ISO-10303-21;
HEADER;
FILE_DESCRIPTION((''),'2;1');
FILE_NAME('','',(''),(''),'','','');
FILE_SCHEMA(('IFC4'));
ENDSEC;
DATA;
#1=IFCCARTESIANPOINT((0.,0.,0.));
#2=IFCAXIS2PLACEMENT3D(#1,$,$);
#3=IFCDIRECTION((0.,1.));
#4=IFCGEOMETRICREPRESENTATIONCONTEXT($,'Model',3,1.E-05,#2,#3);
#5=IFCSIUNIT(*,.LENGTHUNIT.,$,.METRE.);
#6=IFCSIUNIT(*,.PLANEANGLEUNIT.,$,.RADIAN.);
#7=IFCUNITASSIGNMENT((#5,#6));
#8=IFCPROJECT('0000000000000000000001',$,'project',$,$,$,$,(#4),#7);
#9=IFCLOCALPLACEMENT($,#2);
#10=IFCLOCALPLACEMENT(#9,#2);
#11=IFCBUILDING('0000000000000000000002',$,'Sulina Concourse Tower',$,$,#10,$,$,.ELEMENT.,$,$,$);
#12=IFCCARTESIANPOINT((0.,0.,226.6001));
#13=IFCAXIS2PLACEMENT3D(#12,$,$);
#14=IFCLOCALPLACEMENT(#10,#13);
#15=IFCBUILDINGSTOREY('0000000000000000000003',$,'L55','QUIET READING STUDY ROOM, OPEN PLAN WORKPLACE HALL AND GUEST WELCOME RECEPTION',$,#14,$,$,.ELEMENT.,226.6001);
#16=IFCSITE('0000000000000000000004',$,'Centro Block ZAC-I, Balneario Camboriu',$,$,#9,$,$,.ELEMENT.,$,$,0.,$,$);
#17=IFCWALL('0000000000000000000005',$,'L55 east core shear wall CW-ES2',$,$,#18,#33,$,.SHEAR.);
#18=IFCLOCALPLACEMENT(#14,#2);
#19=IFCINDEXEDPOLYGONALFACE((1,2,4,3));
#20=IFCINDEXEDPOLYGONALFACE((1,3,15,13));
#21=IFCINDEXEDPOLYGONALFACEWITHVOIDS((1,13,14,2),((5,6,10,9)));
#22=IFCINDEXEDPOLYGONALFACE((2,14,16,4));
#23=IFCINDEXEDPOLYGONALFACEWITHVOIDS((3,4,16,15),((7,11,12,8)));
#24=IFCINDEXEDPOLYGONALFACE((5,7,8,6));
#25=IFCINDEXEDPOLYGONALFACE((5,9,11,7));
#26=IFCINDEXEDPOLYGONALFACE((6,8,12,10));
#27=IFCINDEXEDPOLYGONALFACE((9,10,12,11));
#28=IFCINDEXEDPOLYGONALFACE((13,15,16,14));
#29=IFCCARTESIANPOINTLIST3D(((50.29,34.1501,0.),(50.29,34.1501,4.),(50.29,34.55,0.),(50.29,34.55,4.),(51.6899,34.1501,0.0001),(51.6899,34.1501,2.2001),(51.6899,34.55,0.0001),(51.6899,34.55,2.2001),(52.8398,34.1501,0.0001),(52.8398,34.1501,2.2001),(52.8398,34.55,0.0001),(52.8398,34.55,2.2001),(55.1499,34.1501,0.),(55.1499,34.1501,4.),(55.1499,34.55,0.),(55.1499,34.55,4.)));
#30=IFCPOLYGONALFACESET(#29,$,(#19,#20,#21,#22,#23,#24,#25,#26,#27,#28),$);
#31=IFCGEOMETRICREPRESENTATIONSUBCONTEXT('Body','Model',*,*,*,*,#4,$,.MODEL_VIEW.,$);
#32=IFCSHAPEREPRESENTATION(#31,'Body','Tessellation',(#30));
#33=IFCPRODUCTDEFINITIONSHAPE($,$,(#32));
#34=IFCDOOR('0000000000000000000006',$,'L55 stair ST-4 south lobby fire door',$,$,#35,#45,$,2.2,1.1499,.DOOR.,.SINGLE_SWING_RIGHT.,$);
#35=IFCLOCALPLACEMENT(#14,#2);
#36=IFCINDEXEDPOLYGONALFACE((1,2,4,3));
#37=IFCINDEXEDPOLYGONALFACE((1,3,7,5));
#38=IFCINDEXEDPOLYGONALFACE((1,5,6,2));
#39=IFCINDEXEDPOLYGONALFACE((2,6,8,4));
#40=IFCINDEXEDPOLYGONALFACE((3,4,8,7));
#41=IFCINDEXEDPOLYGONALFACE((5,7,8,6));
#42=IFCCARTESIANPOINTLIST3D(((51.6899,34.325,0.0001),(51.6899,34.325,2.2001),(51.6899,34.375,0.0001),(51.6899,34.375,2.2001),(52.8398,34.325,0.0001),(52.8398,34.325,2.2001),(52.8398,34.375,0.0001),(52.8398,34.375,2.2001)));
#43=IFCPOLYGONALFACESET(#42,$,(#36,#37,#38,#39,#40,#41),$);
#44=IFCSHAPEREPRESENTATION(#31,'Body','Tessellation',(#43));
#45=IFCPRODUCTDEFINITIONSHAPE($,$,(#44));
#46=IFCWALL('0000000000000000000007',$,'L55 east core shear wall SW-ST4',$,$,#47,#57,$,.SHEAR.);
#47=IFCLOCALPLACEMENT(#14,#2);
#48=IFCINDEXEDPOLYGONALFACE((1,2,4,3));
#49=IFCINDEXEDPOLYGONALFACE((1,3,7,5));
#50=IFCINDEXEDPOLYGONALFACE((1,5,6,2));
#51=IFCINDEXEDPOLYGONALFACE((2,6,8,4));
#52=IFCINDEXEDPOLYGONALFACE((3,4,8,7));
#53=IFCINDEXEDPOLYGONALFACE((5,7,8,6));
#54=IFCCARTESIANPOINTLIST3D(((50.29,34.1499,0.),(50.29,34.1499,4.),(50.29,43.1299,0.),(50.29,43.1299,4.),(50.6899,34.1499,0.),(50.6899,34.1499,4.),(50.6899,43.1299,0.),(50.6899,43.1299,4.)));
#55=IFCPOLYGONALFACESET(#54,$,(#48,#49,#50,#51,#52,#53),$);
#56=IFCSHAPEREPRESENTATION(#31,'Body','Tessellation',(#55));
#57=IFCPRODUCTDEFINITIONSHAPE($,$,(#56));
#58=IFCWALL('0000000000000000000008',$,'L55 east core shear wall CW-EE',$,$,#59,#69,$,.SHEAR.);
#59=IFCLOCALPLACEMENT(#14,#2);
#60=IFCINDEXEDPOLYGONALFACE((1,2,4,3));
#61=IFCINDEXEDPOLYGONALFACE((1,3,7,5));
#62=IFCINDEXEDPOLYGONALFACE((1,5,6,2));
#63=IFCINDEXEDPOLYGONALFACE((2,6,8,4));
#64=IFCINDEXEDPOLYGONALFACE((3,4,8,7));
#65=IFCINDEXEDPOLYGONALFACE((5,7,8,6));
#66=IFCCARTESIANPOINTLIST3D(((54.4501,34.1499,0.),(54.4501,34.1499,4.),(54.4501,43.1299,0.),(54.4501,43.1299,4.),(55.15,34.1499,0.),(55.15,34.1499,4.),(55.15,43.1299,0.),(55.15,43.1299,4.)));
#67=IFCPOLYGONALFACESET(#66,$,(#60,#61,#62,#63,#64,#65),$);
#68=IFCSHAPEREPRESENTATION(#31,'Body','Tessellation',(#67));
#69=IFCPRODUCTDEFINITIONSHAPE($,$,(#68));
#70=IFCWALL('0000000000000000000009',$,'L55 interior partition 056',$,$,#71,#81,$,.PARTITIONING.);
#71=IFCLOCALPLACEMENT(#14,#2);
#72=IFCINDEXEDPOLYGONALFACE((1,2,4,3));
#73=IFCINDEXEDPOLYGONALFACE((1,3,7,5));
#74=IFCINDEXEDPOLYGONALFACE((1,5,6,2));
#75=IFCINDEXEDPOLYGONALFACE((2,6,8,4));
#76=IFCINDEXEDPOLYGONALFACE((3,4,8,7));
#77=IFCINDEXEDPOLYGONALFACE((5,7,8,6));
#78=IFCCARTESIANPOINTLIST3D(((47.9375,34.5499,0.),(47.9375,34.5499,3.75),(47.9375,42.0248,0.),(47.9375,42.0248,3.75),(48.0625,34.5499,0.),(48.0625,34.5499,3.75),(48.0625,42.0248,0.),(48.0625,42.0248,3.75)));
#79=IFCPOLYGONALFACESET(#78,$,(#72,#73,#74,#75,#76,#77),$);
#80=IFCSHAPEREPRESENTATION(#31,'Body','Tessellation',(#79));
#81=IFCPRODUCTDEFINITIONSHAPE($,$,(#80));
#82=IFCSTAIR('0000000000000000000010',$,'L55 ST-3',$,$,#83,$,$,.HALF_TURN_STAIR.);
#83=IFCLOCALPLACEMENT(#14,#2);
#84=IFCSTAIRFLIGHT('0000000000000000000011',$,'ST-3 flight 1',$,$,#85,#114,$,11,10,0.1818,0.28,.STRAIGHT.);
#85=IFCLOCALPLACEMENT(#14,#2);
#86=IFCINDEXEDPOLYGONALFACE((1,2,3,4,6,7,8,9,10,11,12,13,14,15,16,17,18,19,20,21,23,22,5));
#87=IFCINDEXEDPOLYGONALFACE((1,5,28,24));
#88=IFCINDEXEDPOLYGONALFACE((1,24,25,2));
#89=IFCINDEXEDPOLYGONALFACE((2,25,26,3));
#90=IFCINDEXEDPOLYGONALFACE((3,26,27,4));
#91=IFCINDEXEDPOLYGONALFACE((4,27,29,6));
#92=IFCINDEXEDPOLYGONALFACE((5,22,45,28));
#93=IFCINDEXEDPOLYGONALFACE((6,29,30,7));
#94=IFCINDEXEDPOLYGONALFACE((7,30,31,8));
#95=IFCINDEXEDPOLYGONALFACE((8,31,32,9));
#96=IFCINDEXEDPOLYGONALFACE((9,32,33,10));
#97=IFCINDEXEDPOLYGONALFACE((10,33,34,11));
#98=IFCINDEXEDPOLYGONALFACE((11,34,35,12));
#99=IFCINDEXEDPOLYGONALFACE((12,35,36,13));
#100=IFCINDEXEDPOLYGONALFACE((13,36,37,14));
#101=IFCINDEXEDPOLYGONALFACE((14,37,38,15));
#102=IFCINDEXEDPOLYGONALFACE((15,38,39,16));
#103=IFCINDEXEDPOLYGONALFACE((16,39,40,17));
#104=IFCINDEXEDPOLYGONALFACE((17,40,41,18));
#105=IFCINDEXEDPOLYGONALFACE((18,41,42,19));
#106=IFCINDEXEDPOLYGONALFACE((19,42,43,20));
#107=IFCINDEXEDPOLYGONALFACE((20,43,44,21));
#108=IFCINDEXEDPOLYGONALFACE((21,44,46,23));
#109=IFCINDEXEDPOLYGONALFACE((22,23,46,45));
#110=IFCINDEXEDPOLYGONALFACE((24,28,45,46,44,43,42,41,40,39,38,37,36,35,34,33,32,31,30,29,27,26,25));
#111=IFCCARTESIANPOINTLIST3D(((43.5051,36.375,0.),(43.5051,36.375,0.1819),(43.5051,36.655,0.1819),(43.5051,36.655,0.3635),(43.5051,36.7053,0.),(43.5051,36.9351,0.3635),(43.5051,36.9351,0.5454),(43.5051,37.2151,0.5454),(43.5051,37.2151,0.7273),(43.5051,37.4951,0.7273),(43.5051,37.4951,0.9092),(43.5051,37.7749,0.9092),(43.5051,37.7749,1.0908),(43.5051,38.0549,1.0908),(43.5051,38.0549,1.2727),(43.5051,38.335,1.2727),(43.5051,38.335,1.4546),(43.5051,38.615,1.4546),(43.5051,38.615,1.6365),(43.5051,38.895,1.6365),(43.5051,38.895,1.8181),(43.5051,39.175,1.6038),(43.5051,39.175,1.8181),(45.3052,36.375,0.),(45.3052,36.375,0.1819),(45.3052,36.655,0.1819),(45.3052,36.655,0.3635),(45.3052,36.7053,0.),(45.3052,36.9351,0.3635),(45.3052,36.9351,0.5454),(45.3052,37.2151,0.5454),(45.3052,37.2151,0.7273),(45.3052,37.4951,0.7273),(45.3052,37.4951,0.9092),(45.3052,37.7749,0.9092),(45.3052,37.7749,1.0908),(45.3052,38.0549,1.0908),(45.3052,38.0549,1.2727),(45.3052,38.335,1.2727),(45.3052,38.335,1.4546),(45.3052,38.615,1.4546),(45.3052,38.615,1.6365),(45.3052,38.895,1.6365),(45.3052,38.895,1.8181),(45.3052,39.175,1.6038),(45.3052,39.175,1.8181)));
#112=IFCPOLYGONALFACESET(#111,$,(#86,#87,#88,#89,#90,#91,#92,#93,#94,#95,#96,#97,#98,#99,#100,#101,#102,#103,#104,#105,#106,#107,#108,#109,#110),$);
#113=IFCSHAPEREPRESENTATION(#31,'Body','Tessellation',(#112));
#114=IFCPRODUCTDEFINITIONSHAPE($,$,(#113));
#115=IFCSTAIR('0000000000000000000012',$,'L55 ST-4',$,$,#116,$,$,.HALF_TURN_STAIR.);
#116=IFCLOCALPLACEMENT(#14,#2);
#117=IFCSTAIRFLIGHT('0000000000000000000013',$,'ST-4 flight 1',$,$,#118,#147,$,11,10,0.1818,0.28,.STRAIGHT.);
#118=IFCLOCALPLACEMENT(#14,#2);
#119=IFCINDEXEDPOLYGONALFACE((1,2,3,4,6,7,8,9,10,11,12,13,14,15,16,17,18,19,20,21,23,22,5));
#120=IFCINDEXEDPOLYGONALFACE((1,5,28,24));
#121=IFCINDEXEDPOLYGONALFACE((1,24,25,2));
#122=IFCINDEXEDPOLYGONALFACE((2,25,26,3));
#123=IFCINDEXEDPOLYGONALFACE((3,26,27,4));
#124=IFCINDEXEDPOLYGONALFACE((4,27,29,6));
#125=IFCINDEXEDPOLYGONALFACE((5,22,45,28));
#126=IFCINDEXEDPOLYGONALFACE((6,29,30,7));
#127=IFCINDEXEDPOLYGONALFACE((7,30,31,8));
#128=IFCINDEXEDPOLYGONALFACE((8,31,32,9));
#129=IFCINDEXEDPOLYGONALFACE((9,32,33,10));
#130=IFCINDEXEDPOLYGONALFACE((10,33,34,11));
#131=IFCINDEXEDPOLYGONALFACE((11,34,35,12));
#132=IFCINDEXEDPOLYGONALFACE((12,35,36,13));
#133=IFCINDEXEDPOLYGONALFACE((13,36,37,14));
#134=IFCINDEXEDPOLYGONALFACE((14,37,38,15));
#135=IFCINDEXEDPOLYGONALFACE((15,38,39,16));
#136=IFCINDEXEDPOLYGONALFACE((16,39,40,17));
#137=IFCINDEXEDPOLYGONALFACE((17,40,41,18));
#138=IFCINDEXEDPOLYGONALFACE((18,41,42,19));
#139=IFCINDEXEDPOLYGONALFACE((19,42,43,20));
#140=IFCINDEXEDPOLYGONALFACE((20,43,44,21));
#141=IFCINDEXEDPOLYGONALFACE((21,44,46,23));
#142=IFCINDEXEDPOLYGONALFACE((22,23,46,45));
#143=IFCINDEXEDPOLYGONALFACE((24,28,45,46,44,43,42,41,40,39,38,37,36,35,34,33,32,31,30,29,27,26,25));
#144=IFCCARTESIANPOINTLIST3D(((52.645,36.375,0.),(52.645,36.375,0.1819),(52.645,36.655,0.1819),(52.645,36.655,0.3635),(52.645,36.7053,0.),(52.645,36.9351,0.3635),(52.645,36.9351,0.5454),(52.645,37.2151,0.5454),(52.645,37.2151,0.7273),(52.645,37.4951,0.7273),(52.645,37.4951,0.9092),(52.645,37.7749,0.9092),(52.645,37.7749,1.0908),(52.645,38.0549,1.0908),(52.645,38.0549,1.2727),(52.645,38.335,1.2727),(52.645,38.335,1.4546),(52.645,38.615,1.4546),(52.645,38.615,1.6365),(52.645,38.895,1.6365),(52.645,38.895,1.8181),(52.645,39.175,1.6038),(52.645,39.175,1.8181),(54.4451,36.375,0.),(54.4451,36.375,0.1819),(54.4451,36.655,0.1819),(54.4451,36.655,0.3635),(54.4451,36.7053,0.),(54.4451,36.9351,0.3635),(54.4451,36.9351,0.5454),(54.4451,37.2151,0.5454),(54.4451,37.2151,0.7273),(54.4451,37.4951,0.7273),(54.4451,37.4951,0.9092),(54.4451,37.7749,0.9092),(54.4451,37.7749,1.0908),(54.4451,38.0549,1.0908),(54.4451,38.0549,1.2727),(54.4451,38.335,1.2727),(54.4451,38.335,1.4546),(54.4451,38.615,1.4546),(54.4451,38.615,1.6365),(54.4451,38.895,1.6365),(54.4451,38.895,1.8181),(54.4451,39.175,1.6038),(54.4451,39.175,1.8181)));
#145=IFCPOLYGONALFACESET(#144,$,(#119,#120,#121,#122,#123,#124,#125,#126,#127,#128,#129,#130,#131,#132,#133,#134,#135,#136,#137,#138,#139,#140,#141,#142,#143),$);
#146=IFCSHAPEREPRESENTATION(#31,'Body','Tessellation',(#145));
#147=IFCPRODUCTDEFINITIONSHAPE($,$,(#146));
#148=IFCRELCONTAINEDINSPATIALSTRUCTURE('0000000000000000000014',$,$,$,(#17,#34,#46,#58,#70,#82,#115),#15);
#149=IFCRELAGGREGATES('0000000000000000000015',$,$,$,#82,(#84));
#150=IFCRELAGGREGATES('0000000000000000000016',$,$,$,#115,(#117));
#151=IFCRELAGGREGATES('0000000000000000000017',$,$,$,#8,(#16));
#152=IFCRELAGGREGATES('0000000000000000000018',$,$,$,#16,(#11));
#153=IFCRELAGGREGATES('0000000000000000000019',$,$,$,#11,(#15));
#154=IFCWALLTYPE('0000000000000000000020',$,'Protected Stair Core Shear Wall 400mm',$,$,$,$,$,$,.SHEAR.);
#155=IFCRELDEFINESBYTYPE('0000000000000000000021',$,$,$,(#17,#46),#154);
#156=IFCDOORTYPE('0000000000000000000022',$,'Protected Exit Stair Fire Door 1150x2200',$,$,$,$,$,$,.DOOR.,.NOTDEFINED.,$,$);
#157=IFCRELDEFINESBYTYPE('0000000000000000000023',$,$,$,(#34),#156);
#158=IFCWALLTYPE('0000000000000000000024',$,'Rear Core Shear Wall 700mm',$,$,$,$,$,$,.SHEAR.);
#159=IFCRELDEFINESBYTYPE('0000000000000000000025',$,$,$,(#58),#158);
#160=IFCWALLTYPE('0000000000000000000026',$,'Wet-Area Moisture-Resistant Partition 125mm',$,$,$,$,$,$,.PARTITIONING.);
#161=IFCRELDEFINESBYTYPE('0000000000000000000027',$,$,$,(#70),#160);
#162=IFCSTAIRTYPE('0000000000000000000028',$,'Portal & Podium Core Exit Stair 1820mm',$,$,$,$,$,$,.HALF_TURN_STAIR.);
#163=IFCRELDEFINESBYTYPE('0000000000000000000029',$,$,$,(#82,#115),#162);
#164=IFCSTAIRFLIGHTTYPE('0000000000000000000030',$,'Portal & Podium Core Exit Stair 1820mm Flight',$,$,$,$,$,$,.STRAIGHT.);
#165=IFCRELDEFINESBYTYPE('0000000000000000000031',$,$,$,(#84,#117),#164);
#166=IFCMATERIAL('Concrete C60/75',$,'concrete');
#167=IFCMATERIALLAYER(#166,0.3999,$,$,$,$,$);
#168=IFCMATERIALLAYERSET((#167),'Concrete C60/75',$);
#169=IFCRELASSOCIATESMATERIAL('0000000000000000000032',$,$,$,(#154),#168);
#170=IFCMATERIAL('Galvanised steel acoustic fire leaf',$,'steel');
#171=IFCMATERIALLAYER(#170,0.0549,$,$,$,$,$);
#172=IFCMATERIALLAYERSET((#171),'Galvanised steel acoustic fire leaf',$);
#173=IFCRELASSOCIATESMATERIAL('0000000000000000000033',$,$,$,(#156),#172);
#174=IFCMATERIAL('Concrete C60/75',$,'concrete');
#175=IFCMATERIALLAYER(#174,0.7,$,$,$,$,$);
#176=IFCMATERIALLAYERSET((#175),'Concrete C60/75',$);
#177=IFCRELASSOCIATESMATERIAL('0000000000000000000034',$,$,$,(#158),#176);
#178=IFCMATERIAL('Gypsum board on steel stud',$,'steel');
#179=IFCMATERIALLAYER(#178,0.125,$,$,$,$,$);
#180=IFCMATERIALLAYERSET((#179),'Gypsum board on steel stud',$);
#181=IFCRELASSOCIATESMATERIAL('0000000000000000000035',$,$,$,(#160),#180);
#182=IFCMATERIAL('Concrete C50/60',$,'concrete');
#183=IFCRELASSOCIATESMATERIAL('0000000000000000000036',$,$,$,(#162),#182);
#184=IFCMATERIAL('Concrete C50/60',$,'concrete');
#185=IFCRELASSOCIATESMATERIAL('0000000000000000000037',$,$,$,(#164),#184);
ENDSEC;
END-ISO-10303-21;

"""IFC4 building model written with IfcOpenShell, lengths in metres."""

from ifc_helpers import new_model, si_unit, direction, frame, frame_2d, origin, place, context, subcontext, project, spatial, polyline, rectangle, outline, extrude, material, layer, layer_set, type_object, element, fill, aggregate, save


model = new_model("IFC4")

# Units and contexts
model_context = context("Model", 3, precision=1e-05, world=origin(), true_north=direction((0.0, 1.0)))
body_context = subcontext(model_context, "Body", "Model", "MODEL_VIEW")
ifc_project = project(units=[si_unit("LENGTHUNIT", "METRE"), si_unit("PLANEANGLEUNIT", "RADIAN")], contexts=[model_context])

# Site, building, storey
site_placement = place(None, origin())
site = spatial("IfcSite", under=ifc_project, at=site_placement, Name="Centro Block ZAC-I, Balneario Camboriu", CompositionType="ELEMENT", RefElevation=0.0)
building_placement = place(site_placement, origin())
building = spatial("IfcBuilding", under=site, at=building_placement, Name="Sulina Concourse Tower", CompositionType="ELEMENT")
storey_placement = place(building_placement, frame((0.0, 0.0, 226.6001)))
storey = spatial("IfcBuildingStorey", under=building, at=storey_placement, Name="L55", Description="QUIET READING STUDY ROOM, OPEN PLAN WORKPLACE HALL AND GUEST WELCOME RECEPTION", CompositionType="ELEMENT", Elevation=226.6001)

# Shared definitions
ifc_material_1 = material(Name="Concrete C60/75", Category="concrete")
ifc_layer_1 = layer(ifc_material_1, 0.3999)
ifc_layer_set_1 = layer_set([ifc_layer_1], Name="Concrete C60/75")
wall_type_1 = type_object("IfcWallType", Name="Protected Stair Core Shear Wall 400mm", PredefinedType="SHEAR", material=ifc_layer_set_1)

# Wall, opening, door
wall_1_placement = place(storey_placement, frame((50.29, 34.3501, 0.0), z_axis=(0.0, 0.0, 1.0), x_axis=(1.0, 0.0, 0.0)))
wall_1 = element("IfcWall", 1, at=wall_1_placement, inside=storey, type_object=wall_type_1, Name="L55 east core shear wall CW-ES2", PredefinedType="SHEAR", context=body_context, shape_type="SweptSolid", body=[
    extrude(rectangle(XDim=4.8599, YDim=0.3999, at=frame_2d((2.4299, 0.0))), origin(), (0.0, 0.0, 1.0), 4.0),
])
opening_1_placement = place(wall_1_placement, frame((1.3999, 0.0, 0.0)))
opening_1 = element("IfcOpeningElement", 2, at=opening_1_placement, cuts=wall_1, PredefinedType="OPENING", context=body_context, shape_type="SweptSolid", body=[
    extrude(rectangle(XDim=1.1499, YDim=2.2, at=frame_2d((0.575, 1.1001))), frame((0.0, 0.21, 0.0), z_axis=(0.0, -1.0, 0.0), x_axis=(1.0, 0.0, 0.0)), (0.0, 0.0, 1.0), 0.4199),
])
ifc_material_2 = material(Name="Galvanised steel acoustic fire leaf", Category="steel")
ifc_layer_2 = layer(ifc_material_2, 0.0549)
ifc_layer_set_2 = layer_set([ifc_layer_2], Name="Galvanised steel acoustic fire leaf")
door_type_1 = type_object("IfcDoorType", Name="Protected Exit Stair Fire Door 1150x2200", OperationType="NOTDEFINED", PredefinedType="DOOR", material=ifc_layer_set_2)
door_1_placement = place(opening_1_placement, origin())
door_1 = element("IfcDoor", 3, at=door_1_placement, inside=storey, type_object=door_type_1, Name="L55 stair ST-4 south lobby fire door", OperationType="SINGLE_SWING_RIGHT", OverallHeight=2.2, OverallWidth=1.1499, PredefinedType="DOOR", context=body_context, shape_type="SweptSolid", body=[
    extrude(rectangle(XDim=1.1499, YDim=2.2, at=frame_2d((0.575, 1.1001))), frame((0.0, 0.0249, 0.0), z_axis=(0.0, -1.0, 0.0), x_axis=(1.0, 0.0, 0.0)), (0.0, 0.0, 1.0), 0.05),
])
fill(opening_1, door_1)

# Walls
wall_2_placement = place(storey_placement, frame((50.49, 34.1499, 0.0), z_axis=(0.0, 0.0, 1.0), x_axis=(0.0, 1.0, 0.0)))
element("IfcWall", 4, at=wall_2_placement, inside=storey, type_object=wall_type_1, Name="L55 east core shear wall SW-ST4", PredefinedType="SHEAR", context=body_context, shape_type="SweptSolid", body=[
    extrude(rectangle(XDim=8.98, YDim=0.3999, at=frame_2d((4.49, 0.0))), origin(), (0.0, 0.0, 1.0), 4.0),
])
ifc_material_3 = material(Name="Concrete C60/75", Category="concrete")
ifc_layer_3 = layer(ifc_material_3, 0.7)
ifc_layer_set_3 = layer_set([ifc_layer_3], Name="Concrete C60/75")
wall_type_2 = type_object("IfcWallType", Name="Rear Core Shear Wall 700mm", PredefinedType="SHEAR", material=ifc_layer_set_3)
wall_3_placement = place(storey_placement, frame((54.8, 34.1499, 0.0), z_axis=(0.0, 0.0, 1.0), x_axis=(0.0, 1.0, 0.0)))
element("IfcWall", 5, at=wall_3_placement, inside=storey, type_object=wall_type_2, Name="L55 east core shear wall CW-EE", PredefinedType="SHEAR", context=body_context, shape_type="SweptSolid", body=[
    extrude(rectangle(XDim=8.98, YDim=0.7, at=frame_2d((4.49, 0.0))), origin(), (0.0, 0.0, 1.0), 4.0),
])
ifc_material_4 = material(Name="Gypsum board on steel stud", Category="steel")
ifc_layer_4 = layer(ifc_material_4, 0.125)
ifc_layer_set_4 = layer_set([ifc_layer_4], Name="Gypsum board on steel stud")
wall_type_3 = type_object("IfcWallType", Name="Wet-Area Moisture-Resistant Partition 125mm", PredefinedType="PARTITIONING", material=ifc_layer_set_4)
wall_4_placement = place(storey_placement, frame((48.0, 34.55, 0.0), z_axis=(0.0, 0.0, 1.0), x_axis=(0.0, 1.0, 0.0)))
element("IfcWall", 6, at=wall_4_placement, inside=storey, type_object=wall_type_3, Name="L55 interior partition 056", PredefinedType="PARTITIONING", context=body_context, shape_type="SweptSolid", body=[
    extrude(rectangle(XDim=7.4749, YDim=0.125, at=frame_2d((3.7373, 0.0))), origin(), (0.0, 0.0, 1.0), 3.75),
])

# Stairs, stair flights
ifc_material_5 = material(Name="Concrete C50/60", Category="concrete")
stair_type = type_object("IfcStairType", Name="Portal & Podium Core Exit Stair 1820mm", PredefinedType="HALF_TURN_STAIR", material=ifc_material_5)
stair_1_placement = place(storey_placement, origin())
stair_1 = element("IfcStair", 7, at=stair_1_placement, inside=storey, type_object=stair_type, Name="L55 ST-3", PredefinedType="HALF_TURN_STAIR")
ifc_material_6 = material(Name="Concrete C50/60", Category="concrete")
stair_flight_type = type_object("IfcStairFlightType", Name="Portal & Podium Core Exit Stair 1820mm Flight", PredefinedType="STRAIGHT", material=ifc_material_6)
stair_flight_1_placement = place(storey_placement, frame((44.405, 36.375, 0.0), z_axis=(0.0, 0.0, 1.0), x_axis=(0.0, 1.0, 0.0)))
stair_flight_1 = element("IfcStairFlight", 8, at=stair_flight_1_placement, type_object=stair_flight_type, Name="ST-3 flight 1", NumberOfRisers=11, NumberOfTreads=10, PredefinedType="STRAIGHT", RiserHeight=0.1818, TreadLength=0.28, context=body_context, shape_type="SweptSolid", body=[
    extrude(outline(polyline([(0.0, 0.0), (0.0, 0.1819), (0.28, 0.1819), (0.28, 0.3635), (0.5601, 0.3635), (0.5601, 0.5454), (0.8401, 0.5454), (0.8401, 0.7273), (1.1201, 0.7273), (1.1201, 0.9092), (1.3999, 0.9092), (1.3999, 1.0908), (1.6799, 1.0908), (1.6799, 1.2727), (1.96, 1.2727), (1.96, 1.4546), (2.24, 1.4546), (2.24, 1.6365), (2.52, 1.6365), (2.52, 1.8181), (2.8, 1.8181), (2.8, 2.0), (2.8, 1.6038), (0.3303, 0.0), (0.0, 0.0)])), frame((0.0, 0.8999, 0.0), z_axis=(0.0, -1.0, 0.0), x_axis=(1.0, 0.0, 0.0)), (0.0, 0.0, 1.0), 1.8),
])
aggregate(stair_1, [stair_flight_1])
stair_2_placement = place(storey_placement, origin())
stair_2 = element("IfcStair", 9, at=stair_2_placement, inside=storey, type_object=stair_type, Name="L55 ST-4", PredefinedType="HALF_TURN_STAIR")
stair_flight_2_placement = place(storey_placement, frame((53.5449, 36.375, 0.0), z_axis=(0.0, 0.0, 1.0), x_axis=(0.0, 1.0, 0.0)))
stair_flight_2 = element("IfcStairFlight", 10, at=stair_flight_2_placement, type_object=stair_flight_type, Name="ST-4 flight 1", NumberOfRisers=11, NumberOfTreads=10, PredefinedType="STRAIGHT", RiserHeight=0.1818, TreadLength=0.28, context=body_context, shape_type="SweptSolid", body=[
    extrude(outline(polyline([(0.0, 0.0), (0.0, 0.1819), (0.28, 0.1819), (0.28, 0.3635), (0.5601, 0.3635), (0.5601, 0.5454), (0.8401, 0.5454), (0.8401, 0.7273), (1.1201, 0.7273), (1.1201, 0.9092), (1.3999, 0.9092), (1.3999, 1.0908), (1.6799, 1.0908), (1.6799, 1.2727), (1.96, 1.2727), (1.96, 1.4546), (2.24, 1.4546), (2.24, 1.6365), (2.52, 1.6365), (2.52, 1.8181), (2.8, 1.8181), (2.8, 2.0), (2.8, 1.6038), (0.3303, 0.0), (0.0, 0.0)])), frame((0.0, 0.8999, 0.0), z_axis=(0.0, -1.0, 0.0), x_axis=(1.0, 0.0, 0.0)), (0.0, 0.0, 1.0), 1.8),
])
aggregate(stair_2, [stair_flight_2])

save(model, "model.ifc")
